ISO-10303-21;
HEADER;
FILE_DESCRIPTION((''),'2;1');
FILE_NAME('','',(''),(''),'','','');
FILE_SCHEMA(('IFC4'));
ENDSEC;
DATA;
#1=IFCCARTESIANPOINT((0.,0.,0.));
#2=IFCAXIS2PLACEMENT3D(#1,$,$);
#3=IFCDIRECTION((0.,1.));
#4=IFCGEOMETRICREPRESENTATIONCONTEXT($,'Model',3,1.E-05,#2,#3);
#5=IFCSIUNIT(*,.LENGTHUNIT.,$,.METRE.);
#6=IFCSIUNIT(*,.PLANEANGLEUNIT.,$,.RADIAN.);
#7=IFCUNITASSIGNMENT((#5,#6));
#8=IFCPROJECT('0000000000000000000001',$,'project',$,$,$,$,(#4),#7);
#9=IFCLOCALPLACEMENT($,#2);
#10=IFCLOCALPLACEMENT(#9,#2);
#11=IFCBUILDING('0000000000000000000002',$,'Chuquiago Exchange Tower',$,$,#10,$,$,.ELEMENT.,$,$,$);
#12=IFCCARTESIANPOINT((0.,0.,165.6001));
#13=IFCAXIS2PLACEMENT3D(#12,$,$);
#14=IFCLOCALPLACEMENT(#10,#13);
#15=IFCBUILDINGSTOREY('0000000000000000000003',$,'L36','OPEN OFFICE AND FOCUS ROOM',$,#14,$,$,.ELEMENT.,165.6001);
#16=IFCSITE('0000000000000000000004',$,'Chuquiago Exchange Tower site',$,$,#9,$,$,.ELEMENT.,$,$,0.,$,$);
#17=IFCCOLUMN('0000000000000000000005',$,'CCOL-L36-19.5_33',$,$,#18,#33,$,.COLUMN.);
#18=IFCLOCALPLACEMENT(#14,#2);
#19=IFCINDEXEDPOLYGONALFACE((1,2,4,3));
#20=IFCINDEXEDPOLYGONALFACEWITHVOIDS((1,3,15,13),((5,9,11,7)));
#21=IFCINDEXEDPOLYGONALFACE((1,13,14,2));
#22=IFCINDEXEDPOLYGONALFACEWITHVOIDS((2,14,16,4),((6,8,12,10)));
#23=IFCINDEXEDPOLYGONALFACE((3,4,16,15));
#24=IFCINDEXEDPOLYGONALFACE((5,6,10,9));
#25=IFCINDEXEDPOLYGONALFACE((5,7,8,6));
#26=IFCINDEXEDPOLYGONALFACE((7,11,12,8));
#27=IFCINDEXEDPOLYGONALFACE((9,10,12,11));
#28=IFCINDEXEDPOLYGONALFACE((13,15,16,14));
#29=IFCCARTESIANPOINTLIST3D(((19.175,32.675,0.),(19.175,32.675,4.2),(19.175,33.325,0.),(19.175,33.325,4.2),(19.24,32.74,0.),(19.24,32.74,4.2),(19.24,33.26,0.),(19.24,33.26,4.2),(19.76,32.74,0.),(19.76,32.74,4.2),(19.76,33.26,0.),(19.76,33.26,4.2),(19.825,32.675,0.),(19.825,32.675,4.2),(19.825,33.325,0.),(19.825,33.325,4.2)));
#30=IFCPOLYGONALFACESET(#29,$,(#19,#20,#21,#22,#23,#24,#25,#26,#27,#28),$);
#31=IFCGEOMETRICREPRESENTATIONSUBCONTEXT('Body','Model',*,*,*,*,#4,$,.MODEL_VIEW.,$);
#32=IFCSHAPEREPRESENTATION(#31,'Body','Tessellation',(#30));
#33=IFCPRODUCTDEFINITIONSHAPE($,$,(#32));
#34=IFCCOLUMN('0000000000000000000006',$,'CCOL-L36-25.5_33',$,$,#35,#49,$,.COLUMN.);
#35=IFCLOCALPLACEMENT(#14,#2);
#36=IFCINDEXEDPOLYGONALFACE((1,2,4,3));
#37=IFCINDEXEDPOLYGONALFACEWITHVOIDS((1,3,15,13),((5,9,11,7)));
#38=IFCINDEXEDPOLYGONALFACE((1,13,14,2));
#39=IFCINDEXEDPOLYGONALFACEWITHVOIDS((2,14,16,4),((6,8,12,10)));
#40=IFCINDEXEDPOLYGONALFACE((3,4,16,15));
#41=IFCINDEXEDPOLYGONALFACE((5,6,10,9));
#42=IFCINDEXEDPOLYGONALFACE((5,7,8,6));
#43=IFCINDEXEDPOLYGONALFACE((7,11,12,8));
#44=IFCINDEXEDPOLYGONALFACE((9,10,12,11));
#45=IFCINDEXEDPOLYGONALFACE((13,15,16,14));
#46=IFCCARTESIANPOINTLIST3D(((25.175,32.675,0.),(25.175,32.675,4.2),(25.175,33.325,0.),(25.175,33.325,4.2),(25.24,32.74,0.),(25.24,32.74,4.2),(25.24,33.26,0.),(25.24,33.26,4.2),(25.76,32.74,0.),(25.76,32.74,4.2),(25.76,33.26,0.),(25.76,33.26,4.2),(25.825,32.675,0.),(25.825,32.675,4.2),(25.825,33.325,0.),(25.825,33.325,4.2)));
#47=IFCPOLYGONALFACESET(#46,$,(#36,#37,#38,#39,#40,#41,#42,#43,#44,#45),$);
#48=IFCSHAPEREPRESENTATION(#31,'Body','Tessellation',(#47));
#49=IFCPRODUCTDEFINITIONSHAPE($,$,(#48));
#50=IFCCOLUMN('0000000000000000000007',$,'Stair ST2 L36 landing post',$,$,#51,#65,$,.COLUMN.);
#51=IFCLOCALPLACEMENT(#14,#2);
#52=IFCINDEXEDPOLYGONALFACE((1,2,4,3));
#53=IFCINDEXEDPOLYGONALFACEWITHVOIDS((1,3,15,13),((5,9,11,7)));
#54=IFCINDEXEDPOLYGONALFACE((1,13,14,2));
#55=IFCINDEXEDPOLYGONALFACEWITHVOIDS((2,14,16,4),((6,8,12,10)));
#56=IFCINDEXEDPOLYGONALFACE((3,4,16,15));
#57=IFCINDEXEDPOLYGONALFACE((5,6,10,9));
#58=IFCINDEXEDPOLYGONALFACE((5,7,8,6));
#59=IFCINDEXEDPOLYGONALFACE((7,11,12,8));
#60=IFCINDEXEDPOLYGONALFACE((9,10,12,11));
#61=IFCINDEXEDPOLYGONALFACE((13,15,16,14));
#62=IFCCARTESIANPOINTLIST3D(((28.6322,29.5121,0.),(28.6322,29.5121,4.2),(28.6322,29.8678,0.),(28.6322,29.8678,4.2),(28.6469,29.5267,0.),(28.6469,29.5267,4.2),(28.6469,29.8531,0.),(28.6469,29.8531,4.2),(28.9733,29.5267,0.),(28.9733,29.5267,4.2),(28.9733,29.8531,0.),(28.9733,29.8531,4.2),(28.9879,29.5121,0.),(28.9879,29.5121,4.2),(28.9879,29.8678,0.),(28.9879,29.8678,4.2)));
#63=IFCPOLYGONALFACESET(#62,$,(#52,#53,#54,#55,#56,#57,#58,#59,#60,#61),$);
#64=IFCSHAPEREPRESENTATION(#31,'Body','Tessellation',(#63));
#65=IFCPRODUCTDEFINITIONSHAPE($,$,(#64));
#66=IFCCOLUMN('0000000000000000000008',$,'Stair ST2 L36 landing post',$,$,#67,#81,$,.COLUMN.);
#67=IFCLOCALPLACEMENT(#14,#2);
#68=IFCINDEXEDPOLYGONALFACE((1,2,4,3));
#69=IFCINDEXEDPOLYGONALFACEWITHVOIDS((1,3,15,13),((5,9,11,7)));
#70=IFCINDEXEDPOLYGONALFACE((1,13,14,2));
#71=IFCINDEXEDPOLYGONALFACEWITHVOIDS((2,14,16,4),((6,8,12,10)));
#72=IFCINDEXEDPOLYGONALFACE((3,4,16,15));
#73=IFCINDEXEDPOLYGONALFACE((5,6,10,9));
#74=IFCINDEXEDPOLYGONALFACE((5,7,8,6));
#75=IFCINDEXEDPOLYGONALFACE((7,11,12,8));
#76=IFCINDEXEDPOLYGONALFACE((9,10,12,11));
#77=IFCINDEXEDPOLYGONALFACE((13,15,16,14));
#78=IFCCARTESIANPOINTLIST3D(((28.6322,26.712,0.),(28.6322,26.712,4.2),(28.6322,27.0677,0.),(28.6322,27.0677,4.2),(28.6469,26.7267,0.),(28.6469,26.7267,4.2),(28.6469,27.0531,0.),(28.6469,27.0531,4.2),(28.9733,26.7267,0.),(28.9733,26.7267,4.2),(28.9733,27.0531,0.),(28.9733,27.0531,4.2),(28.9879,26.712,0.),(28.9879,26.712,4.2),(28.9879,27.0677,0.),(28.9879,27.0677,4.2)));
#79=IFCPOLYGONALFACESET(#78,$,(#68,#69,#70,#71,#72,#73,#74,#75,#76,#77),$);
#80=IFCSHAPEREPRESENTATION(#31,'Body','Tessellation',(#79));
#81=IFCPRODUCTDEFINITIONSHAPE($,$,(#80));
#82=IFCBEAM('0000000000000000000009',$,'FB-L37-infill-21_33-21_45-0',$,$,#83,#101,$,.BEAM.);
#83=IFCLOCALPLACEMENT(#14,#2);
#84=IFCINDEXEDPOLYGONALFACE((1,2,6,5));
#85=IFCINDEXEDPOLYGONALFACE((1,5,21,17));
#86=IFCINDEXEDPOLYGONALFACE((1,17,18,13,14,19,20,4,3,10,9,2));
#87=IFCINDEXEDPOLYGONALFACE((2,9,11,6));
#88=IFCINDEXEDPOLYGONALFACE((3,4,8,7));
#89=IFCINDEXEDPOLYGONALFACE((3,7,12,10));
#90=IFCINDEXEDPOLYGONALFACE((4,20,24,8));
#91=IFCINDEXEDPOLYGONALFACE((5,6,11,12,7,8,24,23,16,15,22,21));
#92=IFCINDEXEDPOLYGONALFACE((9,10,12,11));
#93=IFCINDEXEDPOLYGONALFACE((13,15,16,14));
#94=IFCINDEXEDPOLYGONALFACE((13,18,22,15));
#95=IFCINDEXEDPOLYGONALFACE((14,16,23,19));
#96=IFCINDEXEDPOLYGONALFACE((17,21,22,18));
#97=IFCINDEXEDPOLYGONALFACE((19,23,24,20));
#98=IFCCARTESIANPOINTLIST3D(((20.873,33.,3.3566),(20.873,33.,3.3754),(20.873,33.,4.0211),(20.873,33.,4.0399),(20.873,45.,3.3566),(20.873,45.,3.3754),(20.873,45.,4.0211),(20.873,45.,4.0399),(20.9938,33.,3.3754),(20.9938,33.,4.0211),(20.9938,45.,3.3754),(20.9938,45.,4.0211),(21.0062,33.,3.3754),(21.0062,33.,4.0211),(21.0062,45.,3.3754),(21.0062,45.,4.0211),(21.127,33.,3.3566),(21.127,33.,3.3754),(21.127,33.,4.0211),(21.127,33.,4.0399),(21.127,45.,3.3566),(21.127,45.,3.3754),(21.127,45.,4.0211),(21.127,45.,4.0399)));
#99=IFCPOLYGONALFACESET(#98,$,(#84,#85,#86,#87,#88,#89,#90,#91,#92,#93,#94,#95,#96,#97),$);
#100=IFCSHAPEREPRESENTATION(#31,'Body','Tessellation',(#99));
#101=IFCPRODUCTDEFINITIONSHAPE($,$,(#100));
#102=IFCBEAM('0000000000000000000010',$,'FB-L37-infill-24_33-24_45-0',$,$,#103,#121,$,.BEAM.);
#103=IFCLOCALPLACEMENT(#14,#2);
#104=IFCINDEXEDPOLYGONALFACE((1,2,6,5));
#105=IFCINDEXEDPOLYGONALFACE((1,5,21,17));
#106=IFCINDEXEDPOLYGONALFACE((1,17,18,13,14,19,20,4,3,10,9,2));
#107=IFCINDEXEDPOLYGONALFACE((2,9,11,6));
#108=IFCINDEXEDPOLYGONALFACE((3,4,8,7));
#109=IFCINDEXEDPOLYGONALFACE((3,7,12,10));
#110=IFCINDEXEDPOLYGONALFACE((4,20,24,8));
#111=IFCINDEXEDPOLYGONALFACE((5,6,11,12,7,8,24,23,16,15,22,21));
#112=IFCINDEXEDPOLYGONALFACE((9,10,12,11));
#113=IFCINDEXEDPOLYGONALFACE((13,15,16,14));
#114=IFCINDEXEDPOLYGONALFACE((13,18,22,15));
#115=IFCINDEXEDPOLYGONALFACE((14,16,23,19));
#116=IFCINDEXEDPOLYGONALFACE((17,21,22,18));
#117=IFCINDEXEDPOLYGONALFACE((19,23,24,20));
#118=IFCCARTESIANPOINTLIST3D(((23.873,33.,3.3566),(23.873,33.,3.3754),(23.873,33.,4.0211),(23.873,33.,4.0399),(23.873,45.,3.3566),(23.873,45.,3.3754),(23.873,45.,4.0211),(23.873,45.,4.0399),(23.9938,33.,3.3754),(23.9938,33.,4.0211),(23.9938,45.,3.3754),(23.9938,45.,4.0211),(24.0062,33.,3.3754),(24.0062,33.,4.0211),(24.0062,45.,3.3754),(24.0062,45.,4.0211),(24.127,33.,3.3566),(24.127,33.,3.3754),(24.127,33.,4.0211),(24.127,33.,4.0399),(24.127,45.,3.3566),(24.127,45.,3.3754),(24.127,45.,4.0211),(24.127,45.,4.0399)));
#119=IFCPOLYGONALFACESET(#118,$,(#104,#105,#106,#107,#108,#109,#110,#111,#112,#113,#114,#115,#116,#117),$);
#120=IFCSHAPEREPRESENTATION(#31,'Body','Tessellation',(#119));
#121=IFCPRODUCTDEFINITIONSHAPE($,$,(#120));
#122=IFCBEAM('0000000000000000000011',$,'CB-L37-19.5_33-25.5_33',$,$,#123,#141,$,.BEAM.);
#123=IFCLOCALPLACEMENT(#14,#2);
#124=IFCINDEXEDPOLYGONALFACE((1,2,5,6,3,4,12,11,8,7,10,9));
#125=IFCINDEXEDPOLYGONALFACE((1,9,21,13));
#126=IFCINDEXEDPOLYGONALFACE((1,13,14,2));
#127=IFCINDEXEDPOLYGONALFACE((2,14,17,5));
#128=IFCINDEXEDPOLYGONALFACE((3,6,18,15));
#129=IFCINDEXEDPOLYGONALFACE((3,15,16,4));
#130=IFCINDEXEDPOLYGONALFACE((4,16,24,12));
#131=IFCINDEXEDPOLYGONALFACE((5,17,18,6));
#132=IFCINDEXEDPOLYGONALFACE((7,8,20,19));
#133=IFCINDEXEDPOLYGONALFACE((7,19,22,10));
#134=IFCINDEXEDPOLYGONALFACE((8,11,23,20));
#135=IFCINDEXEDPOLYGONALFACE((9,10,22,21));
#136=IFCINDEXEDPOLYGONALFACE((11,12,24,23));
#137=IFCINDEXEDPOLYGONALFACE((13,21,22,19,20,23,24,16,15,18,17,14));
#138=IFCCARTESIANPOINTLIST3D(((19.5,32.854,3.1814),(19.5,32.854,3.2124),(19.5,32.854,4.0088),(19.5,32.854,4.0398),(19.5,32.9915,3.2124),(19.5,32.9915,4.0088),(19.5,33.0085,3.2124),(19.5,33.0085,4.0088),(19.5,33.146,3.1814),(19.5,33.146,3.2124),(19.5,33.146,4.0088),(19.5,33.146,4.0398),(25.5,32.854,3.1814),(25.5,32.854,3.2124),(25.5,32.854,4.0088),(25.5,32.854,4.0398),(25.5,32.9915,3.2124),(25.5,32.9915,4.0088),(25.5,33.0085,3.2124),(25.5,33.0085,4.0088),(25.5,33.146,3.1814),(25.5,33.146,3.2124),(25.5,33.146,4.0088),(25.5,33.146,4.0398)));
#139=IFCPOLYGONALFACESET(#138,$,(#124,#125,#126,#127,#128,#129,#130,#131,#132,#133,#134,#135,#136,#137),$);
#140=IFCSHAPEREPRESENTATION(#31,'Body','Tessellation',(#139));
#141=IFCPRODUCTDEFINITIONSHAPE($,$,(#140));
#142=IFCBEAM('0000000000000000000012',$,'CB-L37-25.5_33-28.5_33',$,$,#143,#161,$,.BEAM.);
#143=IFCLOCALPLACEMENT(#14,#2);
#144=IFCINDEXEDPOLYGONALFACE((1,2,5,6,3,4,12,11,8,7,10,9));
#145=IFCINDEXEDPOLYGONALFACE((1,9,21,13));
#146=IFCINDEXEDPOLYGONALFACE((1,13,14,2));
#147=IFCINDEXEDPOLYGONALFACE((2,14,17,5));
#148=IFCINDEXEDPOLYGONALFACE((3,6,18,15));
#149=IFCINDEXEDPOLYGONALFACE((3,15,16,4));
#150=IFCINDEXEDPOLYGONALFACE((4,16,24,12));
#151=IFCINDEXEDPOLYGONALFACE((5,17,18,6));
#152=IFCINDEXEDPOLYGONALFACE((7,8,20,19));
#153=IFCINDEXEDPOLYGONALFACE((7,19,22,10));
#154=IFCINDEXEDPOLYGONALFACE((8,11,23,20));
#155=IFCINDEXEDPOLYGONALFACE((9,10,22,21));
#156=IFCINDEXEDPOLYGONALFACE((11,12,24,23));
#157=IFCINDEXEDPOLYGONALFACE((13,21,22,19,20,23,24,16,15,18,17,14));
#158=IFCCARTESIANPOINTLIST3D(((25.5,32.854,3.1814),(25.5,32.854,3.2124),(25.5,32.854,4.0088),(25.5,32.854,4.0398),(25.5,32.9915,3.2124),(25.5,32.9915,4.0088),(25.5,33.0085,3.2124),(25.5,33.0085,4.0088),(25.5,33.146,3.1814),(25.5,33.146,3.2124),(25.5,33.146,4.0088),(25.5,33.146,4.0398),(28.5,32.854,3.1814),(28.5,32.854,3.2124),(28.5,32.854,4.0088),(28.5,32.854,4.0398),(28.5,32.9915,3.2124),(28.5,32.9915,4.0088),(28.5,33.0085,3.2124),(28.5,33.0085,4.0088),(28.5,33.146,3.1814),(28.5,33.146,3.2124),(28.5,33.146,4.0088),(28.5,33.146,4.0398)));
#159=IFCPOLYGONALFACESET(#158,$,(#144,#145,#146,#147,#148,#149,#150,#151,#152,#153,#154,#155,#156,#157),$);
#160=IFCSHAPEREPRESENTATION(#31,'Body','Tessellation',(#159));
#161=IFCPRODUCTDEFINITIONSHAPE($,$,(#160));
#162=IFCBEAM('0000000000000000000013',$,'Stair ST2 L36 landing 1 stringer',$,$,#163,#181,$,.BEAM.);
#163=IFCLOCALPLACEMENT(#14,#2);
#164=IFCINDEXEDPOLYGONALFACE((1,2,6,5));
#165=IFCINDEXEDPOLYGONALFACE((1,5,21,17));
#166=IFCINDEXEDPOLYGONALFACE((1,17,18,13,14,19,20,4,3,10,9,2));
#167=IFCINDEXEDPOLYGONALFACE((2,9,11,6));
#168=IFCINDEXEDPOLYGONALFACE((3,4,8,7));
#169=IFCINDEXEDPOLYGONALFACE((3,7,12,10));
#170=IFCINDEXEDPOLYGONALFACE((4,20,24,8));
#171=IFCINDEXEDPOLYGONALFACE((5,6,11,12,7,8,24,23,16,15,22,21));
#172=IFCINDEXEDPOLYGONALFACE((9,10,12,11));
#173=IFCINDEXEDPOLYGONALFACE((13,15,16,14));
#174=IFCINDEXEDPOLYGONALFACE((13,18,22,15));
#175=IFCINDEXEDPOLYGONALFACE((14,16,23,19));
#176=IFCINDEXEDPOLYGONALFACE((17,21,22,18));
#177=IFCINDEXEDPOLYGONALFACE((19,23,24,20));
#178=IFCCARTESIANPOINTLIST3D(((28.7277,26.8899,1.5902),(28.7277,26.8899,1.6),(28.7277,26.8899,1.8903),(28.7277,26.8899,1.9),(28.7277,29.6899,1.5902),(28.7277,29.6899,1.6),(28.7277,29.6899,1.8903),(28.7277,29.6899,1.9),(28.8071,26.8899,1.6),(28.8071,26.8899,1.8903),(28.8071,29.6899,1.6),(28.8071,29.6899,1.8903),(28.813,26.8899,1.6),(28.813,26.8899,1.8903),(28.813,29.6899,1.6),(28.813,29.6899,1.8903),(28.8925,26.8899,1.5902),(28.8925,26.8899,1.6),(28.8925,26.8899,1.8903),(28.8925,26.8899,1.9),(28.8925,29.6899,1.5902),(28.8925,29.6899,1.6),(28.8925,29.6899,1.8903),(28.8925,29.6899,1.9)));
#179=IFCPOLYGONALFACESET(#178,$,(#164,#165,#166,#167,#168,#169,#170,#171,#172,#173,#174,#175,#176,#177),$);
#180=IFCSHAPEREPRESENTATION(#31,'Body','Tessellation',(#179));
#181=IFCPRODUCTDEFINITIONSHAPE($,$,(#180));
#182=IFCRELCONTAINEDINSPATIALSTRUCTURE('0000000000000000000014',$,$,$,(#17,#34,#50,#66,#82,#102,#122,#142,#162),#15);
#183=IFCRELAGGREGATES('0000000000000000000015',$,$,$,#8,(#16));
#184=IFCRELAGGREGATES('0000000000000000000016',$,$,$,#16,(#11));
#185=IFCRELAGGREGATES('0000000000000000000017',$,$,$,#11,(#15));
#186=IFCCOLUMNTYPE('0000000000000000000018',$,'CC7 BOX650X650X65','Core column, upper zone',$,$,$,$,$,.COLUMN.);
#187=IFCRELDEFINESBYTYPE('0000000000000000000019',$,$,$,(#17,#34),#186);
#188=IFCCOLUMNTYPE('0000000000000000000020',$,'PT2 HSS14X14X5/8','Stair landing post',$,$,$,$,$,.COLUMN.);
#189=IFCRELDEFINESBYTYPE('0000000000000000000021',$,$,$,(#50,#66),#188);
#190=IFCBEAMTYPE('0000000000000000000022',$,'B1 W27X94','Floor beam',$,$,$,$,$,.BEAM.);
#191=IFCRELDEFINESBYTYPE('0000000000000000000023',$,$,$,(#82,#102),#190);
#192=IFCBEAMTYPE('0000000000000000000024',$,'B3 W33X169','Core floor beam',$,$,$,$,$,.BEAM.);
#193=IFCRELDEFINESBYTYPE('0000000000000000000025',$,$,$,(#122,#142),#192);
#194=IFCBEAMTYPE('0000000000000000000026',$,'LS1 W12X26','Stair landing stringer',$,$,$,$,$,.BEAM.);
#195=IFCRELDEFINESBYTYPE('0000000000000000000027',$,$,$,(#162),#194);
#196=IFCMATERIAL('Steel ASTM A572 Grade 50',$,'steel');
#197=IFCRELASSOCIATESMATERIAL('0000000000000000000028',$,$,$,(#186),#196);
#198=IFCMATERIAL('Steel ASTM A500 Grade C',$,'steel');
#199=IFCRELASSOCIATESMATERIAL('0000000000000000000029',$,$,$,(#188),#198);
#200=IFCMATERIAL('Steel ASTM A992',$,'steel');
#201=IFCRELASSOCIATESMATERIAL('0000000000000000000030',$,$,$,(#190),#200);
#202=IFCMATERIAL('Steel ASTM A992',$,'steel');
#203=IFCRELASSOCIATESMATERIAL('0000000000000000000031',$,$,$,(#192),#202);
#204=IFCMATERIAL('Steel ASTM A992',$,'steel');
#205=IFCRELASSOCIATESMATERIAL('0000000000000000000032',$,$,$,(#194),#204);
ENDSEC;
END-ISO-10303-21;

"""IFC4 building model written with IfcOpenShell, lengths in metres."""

from ifc_helpers import new_model, si_unit, direction, frame, origin, origin_2d, place, context, subcontext, project, spatial, hollow_rectangle, i_section, extrude, material, material_profile, profile_set, type_object, element, save


model = new_model("IFC4")

# Units and contexts
model_context = context("Model", 3, precision=1e-05, world=origin(), true_north=direction((0.0, 1.0)))
body_context = subcontext(model_context, "Body", "Model", "MODEL_VIEW")
ifc_project = project(units=[si_unit("LENGTHUNIT", "METRE"), si_unit("PLANEANGLEUNIT", "RADIAN")], contexts=[model_context])

# Site, building, storey
site_placement = place(None, origin())
site = spatial("IfcSite", under=ifc_project, at=site_placement, Name="Chuquiago Exchange Tower site", CompositionType="ELEMENT", RefElevation=0.0)
building_placement = place(site_placement, origin())
building = spatial("IfcBuilding", under=site, at=building_placement, Name="Chuquiago Exchange Tower", CompositionType="ELEMENT")
storey_placement = place(building_placement, frame((0.0, 0.0, 165.6001)))
storey = spatial("IfcBuildingStorey", under=building, at=storey_placement, Name="L36", Description="OPEN OFFICE AND FOCUS ROOM", CompositionType="ELEMENT", Elevation=165.6001)

# Columns
ifc_material_1 = material(Name="Steel ASTM A572 Grade 50", Category="steel")
ifc_material_profile_1 = material_profile(ifc_material_1, hollow_rectangle(XDim=0.6499, YDim=0.6499, WallThickness=0.0649, at=origin_2d()), Name="BOX650X650X65")
ifc_profile_set_1 = profile_set([ifc_material_profile_1], Name="Steel ASTM A572 Grade 50")
column_type_1 = type_object("IfcColumnType", Name="CC7 BOX650X650X65", Description="Core column, upper zone", PredefinedType="COLUMN", material=ifc_profile_set_1)
for number, where, z_axis, x_axis, name in (
    (1, (19.5, 33.0, 0.0), (0.0, 0.0, 1.0), (1.0, 0.0, 0.0), "CCOL-L36-19.5_33"),
    (2, (25.5, 33.0, 0.0), (0.0, 0.0, 1.0), (1.0, 0.0, 0.0), "CCOL-L36-25.5_33"),
):
    element("IfcColumn", number, at=place(storey_placement, frame(where, z_axis=z_axis, x_axis=x_axis)), inside=storey, type_object=column_type_1, Name=name, PredefinedType="COLUMN", context=body_context, shape_type="SweptSolid", body=[
        extrude(hollow_rectangle(XDim=0.6499, YDim=0.6499, WallThickness=0.0649, at=origin_2d()), origin(), (0.0, 0.0, 1.0), 4.2),
    ])
ifc_material_2 = material(Name="Steel ASTM A500 Grade C", Category="steel")
ifc_material_profile_2 = material_profile(ifc_material_2, hollow_rectangle(XDim=0.3557, YDim=0.3557, WallThickness=0.0146, at=origin_2d()), Name="HSS14X14X5/8")
ifc_profile_set_2 = profile_set([ifc_material_profile_2], Name="Steel ASTM A500 Grade C")
column_type_2 = type_object("IfcColumnType", Name="PT2 HSS14X14X5/8", Description="Stair landing post", PredefinedType="COLUMN", material=ifc_profile_set_2)
for number, where, z_axis, x_axis, name in (
    (3, (28.8101, 29.6899, 0.0), (0.0, 0.0, 1.0), (1.0, 0.0, 0.0), "Stair ST2 L36 landing post"),
    (4, (28.8101, 26.8899, 0.0), (0.0, 0.0, 1.0), (1.0, 0.0, 0.0), "Stair ST2 L36 landing post"),
):
    element("IfcColumn", number, at=place(storey_placement, frame(where, z_axis=z_axis, x_axis=x_axis)), inside=storey, type_object=column_type_2, Name=name, PredefinedType="COLUMN", context=body_context, shape_type="SweptSolid", body=[
        extrude(hollow_rectangle(XDim=0.3557, YDim=0.3557, WallThickness=0.0146, at=origin_2d()), origin(), (0.0, 0.0, 1.0), 4.2),
    ])

# Beams
ifc_material_3 = material(Name="Steel ASTM A992", Category="steel")
ifc_material_profile_3 = material_profile(ifc_material_3, i_section(OverallWidth=0.2539, OverallDepth=0.6833, WebThickness=0.0125, FlangeThickness=0.0188, at=origin_2d()), Name="W27X94")
ifc_profile_set_3 = profile_set([ifc_material_profile_3], Name="Steel ASTM A992")
beam_type_1 = type_object("IfcBeamType", Name="B1 W27X94", Description="Floor beam", PredefinedType="BEAM", material=ifc_profile_set_3)
for number, where, z_axis, x_axis, name in (
    (5, (21.0, 33.0, 3.6982), (0.0, 1.0, 0.0), (-1.0, 0.0, 0.0), "FB-L37-infill-21_33-21_45-0"),
    (6, (24.0, 33.0, 3.6982), (0.0, 1.0, 0.0), (-1.0, 0.0, 0.0), "FB-L37-infill-24_33-24_45-0"),
):
    element("IfcBeam", number, at=place(storey_placement, frame(where, z_axis=z_axis, x_axis=x_axis)), inside=storey, type_object=beam_type_1, Name=name, PredefinedType="BEAM", context=body_context, shape_type="SweptSolid", body=[
        extrude(i_section(OverallWidth=0.2539, OverallDepth=0.6833, WebThickness=0.0125, FlangeThickness=0.0188, at=origin_2d()), origin(), (0.0, 0.0, 1.0), 12.0),
    ])
ifc_material_4 = material(Name="Steel ASTM A992", Category="steel")
ifc_material_profile_4 = material_profile(ifc_material_4, i_section(OverallWidth=0.292, OverallDepth=0.8584, WebThickness=0.0171, FlangeThickness=0.031, at=origin_2d()), Name="W33X169")
ifc_profile_set_4 = profile_set([ifc_material_profile_4], Name="Steel ASTM A992")
beam_type_2 = type_object("IfcBeamType", Name="B3 W33X169", Description="Core floor beam", PredefinedType="BEAM", material=ifc_profile_set_4)
beam_1_placement = place(storey_placement, frame((19.5, 33.0, 3.6106), z_axis=(1.0, 0.0, 0.0), x_axis=(0.0, 1.0, 0.0)))
element("IfcBeam", 7, at=beam_1_placement, inside=storey, type_object=beam_type_2, Name="CB-L37-19.5_33-25.5_33", PredefinedType="BEAM", context=body_context, shape_type="SweptSolid", body=[
    extrude(i_section(OverallWidth=0.292, OverallDepth=0.8584, WebThickness=0.0171, FlangeThickness=0.031, at=origin_2d()), origin(), (0.0, 0.0, 1.0), 6.0),
])
beam_2_placement = place(storey_placement, frame((25.5, 33.0, 3.6106), z_axis=(1.0, 0.0, 0.0), x_axis=(0.0, 1.0, 0.0)))
element("IfcBeam", 8, at=beam_2_placement, inside=storey, type_object=beam_type_2, Name="CB-L37-25.5_33-28.5_33", PredefinedType="BEAM", context=body_context, shape_type="SweptSolid", body=[
    extrude(i_section(OverallWidth=0.292, OverallDepth=0.8584, WebThickness=0.0171, FlangeThickness=0.031, at=origin_2d()), origin(), (0.0, 0.0, 1.0), 3.0),
])
ifc_material_5 = material(Name="Steel ASTM A992", Category="steel")
ifc_material_profile_5 = material_profile(ifc_material_5, i_section(OverallWidth=0.1648, OverallDepth=0.3098, WebThickness=0.0059, FlangeThickness=0.0098, at=origin_2d()), Name="W12X26")
ifc_profile_set_5 = profile_set([ifc_material_profile_5], Name="Steel ASTM A992")
beam_type_3 = type_object("IfcBeamType", Name="LS1 W12X26", Description="Stair landing stringer", PredefinedType="BEAM", material=ifc_profile_set_5)
beam_3_placement = place(storey_placement, frame((28.8101, 26.8899, 1.7451), z_axis=(0.0, 1.0, 0.0), x_axis=(-1.0, 0.0, 0.0)))
element("IfcBeam", 9, at=beam_3_placement, inside=storey, type_object=beam_type_3, Name="Stair ST2 L36 landing 1 stringer", PredefinedType="BEAM", context=body_context, shape_type="SweptSolid", body=[
    extrude(i_section(OverallWidth=0.1648, OverallDepth=0.3098, WebThickness=0.0059, FlangeThickness=0.0098, at=origin_2d()), origin(), (0.0, 0.0, 1.0), 2.8),
])

save(model, "model.ifc")
